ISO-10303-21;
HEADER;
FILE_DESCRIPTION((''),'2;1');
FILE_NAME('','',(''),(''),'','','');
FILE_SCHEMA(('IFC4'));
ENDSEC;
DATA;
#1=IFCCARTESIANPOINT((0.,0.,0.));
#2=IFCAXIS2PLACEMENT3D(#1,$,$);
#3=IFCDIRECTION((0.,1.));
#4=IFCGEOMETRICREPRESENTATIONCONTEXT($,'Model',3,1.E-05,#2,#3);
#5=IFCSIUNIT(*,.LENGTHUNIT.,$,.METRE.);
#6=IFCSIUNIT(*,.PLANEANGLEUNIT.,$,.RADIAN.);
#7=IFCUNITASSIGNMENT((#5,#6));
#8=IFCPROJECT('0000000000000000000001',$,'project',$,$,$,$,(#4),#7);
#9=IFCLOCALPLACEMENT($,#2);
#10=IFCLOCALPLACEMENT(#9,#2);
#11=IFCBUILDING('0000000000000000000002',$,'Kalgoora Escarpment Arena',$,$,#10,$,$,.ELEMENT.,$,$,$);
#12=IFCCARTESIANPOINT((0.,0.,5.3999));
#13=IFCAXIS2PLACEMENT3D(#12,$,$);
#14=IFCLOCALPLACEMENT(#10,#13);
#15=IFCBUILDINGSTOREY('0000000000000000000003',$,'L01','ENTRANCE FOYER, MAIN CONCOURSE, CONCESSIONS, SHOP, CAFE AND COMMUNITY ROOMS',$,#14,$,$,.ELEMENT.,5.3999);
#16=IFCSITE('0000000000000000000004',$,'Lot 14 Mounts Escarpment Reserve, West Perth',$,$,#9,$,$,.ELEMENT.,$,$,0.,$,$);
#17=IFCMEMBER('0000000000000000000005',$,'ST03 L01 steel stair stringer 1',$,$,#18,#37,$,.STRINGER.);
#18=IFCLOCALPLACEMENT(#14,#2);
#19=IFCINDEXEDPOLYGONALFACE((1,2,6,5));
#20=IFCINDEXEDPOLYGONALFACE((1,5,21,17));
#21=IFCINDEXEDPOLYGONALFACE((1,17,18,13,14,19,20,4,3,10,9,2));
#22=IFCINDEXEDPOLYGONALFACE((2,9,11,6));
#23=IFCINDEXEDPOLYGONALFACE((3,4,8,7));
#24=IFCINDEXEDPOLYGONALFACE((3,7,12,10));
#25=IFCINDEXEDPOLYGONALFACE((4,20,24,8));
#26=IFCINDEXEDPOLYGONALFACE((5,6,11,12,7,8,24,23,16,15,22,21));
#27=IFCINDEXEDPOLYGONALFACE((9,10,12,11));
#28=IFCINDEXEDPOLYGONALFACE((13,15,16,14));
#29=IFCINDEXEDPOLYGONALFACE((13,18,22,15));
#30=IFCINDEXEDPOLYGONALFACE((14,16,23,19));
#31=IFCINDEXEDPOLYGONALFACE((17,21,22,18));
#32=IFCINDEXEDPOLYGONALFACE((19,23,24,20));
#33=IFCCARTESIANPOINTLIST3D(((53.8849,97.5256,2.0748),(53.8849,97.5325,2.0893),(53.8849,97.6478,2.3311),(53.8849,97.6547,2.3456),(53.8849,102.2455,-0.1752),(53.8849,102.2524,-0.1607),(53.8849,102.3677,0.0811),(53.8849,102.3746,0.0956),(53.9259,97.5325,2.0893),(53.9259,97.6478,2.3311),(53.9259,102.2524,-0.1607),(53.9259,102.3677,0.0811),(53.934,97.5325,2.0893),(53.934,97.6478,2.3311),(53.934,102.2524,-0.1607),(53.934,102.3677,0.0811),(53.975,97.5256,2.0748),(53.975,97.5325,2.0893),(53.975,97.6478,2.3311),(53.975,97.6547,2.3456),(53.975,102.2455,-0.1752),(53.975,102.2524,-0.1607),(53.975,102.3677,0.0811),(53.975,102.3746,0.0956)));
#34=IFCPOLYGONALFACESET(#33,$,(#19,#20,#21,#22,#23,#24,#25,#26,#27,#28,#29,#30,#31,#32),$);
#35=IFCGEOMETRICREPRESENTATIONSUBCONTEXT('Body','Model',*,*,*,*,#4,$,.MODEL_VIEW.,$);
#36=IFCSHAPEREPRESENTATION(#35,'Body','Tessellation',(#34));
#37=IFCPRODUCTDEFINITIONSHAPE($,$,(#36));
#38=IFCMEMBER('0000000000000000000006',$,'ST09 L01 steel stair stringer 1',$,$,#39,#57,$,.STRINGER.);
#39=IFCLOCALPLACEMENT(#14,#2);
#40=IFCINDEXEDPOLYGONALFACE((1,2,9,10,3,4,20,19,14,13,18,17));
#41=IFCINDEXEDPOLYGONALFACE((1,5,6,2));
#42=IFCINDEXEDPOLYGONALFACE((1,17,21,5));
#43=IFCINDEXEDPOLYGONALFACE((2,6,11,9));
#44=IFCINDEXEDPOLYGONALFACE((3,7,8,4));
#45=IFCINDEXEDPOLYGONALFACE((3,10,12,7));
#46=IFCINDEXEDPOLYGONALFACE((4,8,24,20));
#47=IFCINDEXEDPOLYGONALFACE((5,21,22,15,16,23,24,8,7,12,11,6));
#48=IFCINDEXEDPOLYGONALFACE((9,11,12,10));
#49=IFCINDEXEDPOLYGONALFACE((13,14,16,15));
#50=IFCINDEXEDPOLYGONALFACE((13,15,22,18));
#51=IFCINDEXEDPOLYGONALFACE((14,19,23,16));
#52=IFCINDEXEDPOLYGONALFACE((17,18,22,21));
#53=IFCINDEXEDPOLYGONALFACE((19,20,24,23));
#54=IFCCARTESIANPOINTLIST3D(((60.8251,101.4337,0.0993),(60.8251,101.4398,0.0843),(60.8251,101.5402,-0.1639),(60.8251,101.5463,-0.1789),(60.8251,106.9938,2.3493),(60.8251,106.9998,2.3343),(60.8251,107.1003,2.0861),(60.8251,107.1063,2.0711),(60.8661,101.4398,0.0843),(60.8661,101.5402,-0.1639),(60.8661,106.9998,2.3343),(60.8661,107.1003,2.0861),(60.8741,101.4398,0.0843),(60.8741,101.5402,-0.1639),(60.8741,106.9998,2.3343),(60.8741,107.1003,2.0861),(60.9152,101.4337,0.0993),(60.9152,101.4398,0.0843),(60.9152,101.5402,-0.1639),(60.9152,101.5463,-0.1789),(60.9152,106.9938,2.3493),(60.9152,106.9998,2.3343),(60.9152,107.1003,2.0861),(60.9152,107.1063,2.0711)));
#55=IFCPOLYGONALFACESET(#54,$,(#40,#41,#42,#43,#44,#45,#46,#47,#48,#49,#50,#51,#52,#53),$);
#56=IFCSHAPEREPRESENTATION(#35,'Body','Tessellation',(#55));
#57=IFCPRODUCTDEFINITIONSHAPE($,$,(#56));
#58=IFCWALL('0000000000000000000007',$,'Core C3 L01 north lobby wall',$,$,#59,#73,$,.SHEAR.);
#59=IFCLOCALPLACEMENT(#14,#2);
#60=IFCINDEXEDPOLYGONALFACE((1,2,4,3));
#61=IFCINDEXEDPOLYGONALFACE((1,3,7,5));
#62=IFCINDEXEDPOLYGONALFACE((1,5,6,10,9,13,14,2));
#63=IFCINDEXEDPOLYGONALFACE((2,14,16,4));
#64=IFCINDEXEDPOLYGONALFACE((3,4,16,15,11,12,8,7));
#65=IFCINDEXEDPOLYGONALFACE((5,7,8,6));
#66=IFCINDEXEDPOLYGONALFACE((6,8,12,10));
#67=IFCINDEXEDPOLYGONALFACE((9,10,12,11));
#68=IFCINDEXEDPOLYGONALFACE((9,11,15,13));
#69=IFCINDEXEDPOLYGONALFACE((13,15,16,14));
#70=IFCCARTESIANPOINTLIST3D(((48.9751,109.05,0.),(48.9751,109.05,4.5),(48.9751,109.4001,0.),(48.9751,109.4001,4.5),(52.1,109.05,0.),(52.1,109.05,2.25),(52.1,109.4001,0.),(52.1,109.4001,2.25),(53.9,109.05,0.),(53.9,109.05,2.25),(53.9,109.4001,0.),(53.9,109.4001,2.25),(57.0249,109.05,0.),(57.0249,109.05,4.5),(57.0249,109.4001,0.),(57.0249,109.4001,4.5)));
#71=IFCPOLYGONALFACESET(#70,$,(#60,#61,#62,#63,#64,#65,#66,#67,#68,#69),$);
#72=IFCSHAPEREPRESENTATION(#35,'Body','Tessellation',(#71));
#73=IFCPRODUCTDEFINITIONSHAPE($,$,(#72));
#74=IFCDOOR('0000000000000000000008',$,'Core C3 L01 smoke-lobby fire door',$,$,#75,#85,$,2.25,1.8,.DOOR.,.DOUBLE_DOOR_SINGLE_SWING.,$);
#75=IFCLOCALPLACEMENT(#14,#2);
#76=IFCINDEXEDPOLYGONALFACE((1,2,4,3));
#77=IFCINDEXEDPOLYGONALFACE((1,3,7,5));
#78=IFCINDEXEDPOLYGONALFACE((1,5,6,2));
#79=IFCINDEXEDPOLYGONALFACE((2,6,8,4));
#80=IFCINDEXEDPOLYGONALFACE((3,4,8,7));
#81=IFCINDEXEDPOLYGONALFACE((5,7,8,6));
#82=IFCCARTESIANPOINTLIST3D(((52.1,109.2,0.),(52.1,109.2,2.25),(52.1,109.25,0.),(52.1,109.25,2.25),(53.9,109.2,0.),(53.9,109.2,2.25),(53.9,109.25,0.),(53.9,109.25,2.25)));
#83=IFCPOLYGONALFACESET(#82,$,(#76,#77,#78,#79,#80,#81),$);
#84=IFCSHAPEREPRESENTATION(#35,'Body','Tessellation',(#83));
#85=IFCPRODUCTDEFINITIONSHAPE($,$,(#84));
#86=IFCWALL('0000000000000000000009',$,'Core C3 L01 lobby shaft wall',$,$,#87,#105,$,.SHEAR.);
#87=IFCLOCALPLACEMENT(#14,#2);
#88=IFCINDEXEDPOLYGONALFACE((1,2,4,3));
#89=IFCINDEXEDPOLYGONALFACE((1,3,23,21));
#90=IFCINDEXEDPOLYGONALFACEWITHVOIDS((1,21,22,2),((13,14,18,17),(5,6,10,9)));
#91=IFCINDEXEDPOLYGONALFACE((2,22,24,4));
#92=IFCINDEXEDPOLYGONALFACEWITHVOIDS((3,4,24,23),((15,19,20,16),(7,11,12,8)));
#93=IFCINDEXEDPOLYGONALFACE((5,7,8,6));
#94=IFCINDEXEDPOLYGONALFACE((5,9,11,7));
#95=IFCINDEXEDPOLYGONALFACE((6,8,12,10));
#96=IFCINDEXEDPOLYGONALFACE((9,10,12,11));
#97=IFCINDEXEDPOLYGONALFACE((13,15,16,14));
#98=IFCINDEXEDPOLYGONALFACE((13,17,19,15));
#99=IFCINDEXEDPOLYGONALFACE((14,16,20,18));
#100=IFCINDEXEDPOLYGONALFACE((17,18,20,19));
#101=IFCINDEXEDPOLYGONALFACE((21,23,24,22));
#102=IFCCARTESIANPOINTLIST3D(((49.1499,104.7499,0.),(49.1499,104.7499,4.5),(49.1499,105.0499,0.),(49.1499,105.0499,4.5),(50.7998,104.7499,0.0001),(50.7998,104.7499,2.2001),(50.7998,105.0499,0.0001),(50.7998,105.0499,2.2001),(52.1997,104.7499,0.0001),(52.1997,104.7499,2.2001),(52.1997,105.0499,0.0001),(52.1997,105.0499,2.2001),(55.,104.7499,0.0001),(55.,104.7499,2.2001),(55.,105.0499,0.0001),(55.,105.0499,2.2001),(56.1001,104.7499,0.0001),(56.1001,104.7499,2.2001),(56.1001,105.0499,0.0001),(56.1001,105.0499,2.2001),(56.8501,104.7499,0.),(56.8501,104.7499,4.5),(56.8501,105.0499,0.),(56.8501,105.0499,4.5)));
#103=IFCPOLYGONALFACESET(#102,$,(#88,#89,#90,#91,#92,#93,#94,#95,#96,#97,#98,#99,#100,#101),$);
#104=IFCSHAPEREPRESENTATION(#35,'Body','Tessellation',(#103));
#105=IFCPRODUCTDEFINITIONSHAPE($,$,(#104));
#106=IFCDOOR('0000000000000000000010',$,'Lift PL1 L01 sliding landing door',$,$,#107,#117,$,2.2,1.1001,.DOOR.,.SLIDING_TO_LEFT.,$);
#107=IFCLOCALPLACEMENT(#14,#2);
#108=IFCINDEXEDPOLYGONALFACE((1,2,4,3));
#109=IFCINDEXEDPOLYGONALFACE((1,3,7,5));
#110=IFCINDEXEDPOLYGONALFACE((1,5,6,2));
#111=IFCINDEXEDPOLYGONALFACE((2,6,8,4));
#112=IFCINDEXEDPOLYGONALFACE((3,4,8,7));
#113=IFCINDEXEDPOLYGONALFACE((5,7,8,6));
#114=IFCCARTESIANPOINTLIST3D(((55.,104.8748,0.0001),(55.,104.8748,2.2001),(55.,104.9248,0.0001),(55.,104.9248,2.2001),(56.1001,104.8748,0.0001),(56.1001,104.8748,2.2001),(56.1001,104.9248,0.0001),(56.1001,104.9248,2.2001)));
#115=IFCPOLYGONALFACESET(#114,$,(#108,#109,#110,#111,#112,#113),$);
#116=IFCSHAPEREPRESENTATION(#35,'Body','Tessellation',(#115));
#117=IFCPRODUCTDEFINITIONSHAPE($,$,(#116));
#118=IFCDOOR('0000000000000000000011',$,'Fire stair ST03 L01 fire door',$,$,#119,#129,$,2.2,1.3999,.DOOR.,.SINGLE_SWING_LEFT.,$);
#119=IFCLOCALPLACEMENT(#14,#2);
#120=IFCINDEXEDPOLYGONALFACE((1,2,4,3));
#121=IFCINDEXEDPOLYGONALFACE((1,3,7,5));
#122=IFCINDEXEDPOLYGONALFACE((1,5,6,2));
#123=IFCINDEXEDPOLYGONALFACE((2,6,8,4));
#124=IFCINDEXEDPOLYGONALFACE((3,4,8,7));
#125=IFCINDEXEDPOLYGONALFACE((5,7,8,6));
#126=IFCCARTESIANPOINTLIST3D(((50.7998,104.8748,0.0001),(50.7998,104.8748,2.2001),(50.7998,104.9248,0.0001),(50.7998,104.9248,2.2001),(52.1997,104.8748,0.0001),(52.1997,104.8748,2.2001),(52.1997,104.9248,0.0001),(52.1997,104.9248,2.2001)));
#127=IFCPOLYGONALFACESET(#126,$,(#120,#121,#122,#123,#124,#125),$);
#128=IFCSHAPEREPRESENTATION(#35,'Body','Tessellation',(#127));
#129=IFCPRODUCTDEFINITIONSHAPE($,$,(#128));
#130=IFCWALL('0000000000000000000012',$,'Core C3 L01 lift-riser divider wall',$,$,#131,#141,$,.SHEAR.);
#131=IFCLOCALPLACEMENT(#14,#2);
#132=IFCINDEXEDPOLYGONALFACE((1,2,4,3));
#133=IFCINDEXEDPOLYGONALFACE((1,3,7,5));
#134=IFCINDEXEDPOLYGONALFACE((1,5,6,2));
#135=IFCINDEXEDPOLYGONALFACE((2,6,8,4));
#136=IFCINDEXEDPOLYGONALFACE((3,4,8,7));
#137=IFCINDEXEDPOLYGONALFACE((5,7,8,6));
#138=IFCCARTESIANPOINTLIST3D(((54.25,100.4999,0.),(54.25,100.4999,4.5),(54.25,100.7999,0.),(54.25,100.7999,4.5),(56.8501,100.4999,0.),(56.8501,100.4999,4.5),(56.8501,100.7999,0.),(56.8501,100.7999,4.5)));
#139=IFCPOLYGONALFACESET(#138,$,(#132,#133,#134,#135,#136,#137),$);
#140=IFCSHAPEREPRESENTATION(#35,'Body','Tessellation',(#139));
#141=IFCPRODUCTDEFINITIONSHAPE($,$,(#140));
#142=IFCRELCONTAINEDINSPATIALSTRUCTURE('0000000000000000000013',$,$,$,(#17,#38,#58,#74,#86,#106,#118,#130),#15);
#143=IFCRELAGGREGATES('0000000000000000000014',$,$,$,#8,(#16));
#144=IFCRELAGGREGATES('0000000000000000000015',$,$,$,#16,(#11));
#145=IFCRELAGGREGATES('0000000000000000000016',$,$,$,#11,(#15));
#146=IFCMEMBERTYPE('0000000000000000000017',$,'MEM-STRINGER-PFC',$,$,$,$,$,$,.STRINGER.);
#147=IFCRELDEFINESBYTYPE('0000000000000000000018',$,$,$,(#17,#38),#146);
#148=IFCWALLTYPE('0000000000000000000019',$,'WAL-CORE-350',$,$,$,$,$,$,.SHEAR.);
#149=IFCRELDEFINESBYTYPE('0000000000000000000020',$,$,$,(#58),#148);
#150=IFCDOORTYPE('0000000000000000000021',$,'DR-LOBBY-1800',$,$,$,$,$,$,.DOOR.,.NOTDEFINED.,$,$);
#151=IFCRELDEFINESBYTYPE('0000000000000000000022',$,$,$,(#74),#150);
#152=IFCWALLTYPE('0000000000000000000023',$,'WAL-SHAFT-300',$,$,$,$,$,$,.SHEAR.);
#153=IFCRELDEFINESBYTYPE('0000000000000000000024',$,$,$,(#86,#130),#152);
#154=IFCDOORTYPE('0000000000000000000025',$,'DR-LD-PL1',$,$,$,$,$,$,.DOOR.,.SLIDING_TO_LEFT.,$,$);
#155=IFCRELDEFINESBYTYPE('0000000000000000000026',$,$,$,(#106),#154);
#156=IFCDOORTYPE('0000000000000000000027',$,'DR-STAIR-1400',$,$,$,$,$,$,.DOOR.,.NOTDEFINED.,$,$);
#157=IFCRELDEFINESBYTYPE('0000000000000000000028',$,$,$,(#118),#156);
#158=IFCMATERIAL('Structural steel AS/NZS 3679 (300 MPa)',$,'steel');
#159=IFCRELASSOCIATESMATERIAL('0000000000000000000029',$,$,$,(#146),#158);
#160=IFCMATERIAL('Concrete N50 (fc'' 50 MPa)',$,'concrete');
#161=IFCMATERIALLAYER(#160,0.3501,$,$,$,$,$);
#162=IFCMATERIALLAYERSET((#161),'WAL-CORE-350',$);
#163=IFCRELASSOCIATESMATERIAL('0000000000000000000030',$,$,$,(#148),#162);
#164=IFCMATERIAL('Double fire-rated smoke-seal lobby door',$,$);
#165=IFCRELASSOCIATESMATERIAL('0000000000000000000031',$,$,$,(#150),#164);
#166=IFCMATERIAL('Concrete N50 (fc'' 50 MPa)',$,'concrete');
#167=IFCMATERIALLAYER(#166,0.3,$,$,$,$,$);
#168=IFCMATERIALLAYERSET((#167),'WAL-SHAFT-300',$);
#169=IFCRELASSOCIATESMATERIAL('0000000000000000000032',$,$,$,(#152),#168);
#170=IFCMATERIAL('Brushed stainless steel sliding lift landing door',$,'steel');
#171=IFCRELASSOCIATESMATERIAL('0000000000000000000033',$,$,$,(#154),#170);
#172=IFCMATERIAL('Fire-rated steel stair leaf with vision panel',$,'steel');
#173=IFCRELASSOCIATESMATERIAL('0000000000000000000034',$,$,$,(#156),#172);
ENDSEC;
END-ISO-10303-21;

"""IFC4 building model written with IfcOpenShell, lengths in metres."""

from ifc_helpers import new_model, si_unit, direction, frame, frame_2d, origin, origin_2d, place, context, subcontext, project, spatial, rectangle, i_section, extrude, material, layer, layer_set, material_profile, profile_set, type_object, element, fill, save


model = new_model("IFC4")

# Units and contexts
model_context = context("Model", 3, precision=1e-05, world=origin(), true_north=direction((0.0, 1.0)))
body_context = subcontext(model_context, "Body", "Model", "MODEL_VIEW")
ifc_project = project(units=[si_unit("LENGTHUNIT", "METRE"), si_unit("PLANEANGLEUNIT", "RADIAN")], contexts=[model_context])

# Site, building, storey
site_placement = place(None, origin())
site = spatial("IfcSite", under=ifc_project, at=site_placement, Name="Lot 14 Mounts Escarpment Reserve, West Perth", CompositionType="ELEMENT", RefElevation=0.0)
building_placement = place(site_placement, origin())
building = spatial("IfcBuilding", under=site, at=building_placement, Name="Kalgoora Escarpment Arena", CompositionType="ELEMENT")
storey_placement = place(building_placement, frame((0.0, 0.0, 5.3999)))
storey = spatial("IfcBuildingStorey", under=building, at=storey_placement, Name="L01", Description="ENTRANCE FOYER, MAIN CONCOURSE, CONCESSIONS, SHOP, CAFE AND COMMUNITY ROOMS", CompositionType="ELEMENT", Elevation=5.3999)

# Members
ifc_material_1 = material(Name="Structural steel AS/NZS 3679 (300 MPa)", Category="steel")
ifc_material_profile_1 = material_profile(ifc_material_1, i_section(OverallWidth=0.0901, OverallDepth=0.3, WebThickness=0.0081, FlangeThickness=0.0161, at=origin_2d()))
ifc_profile_set_1 = profile_set([ifc_material_profile_1], Name="Structural steel AS/NZS 3679 (300 MPa)")
member_type_1 = type_object("IfcMemberType", Name="MEM-STRINGER-PFC", PredefinedType="STRINGER", material=ifc_profile_set_1)
member_1_placement = place(storey_placement, frame((53.9299, 102.3101, -0.0398), z_axis=(0.0, -0.902683, 0.430307), x_axis=(1.0, 0.0, 0.0)))
element("IfcMember", 1, at=member_1_placement, inside=storey, type_object=member_type_1, Name="ST03 L01 steel stair stringer 1", PredefinedType="STRINGER", context=body_context, shape_type="SweptSolid", body=[
    extrude(i_section(OverallWidth=0.0901, OverallDepth=0.3, WebThickness=0.0081, FlangeThickness=0.0161, at=origin_2d()), origin(), (0.0, 0.0, 1.0), 5.2288),
])
member_2_placement = place(storey_placement, frame((60.8701, 101.49, -0.0398), z_axis=(0.0, 0.926976, 0.375121), x_axis=(-1.0, 0.0, 0.0)))
element("IfcMember", 2, at=member_2_placement, inside=storey, type_object=member_type_1, Name="ST09 L01 steel stair stringer 1", PredefinedType="STRINGER", context=body_context, shape_type="SweptSolid", body=[
    extrude(i_section(OverallWidth=0.0901, OverallDepth=0.3, WebThickness=0.0081, FlangeThickness=0.0161, at=origin_2d()), origin(), (0.0, 0.0, 1.0), 5.998),
])

# Wall, opening, door
ifc_material_2 = material(Name="Concrete N50 (fc' 50 MPa)", Category="concrete")
ifc_layer_1 = layer(ifc_material_2, 0.3501)
ifc_layer_set_1 = layer_set([ifc_layer_1], Name="WAL-CORE-350")
wall_type_1 = type_object("IfcWallType", Name="WAL-CORE-350", PredefinedType="SHEAR", material=ifc_layer_set_1)
wall_1_placement = place(storey_placement, frame((48.9751, 109.2251, 0.0), z_axis=(0.0, 0.0, 1.0), x_axis=(1.0, 0.0, 0.0)))
wall_1 = element("IfcWall", 3, at=wall_1_placement, inside=storey, type_object=wall_type_1, Name="Core C3 L01 north lobby wall", PredefinedType="SHEAR", context=body_context, shape_type="SweptSolid", body=[
    extrude(rectangle(XDim=8.0498, YDim=0.3501, at=frame_2d((4.0249, 0.0))), origin(), (0.0, 0.0, 1.0), 4.5),
])
opening_1_placement = place(wall_1_placement, frame((3.125, 0.0, 0.0)))
opening_1 = element("IfcOpeningElement", 4, at=opening_1_placement, cuts=wall_1, PredefinedType="OPENING", context=body_context, shape_type="SweptSolid", body=[
    extrude(rectangle(XDim=1.8, YDim=2.25, at=frame_2d((0.8999, 1.125))), frame((0.0, 0.1851, 0.0), z_axis=(0.0, -1.0, 0.0), x_axis=(1.0, 0.0, 0.0)), (0.0, 0.0, 1.0), 0.3701),
])
ifc_material_3 = material(Name="Double fire-rated smoke-seal lobby door")
door_type_1 = type_object("IfcDoorType", Name="DR-LOBBY-1800", OperationType="NOTDEFINED", PredefinedType="DOOR", material=ifc_material_3)
door_1_placement = place(opening_1_placement, origin())
door_1 = element("IfcDoor", 5, at=door_1_placement, inside=storey, type_object=door_type_1, Name="Core C3 L01 smoke-lobby fire door", OperationType="DOUBLE_DOOR_SINGLE_SWING", OverallHeight=2.25, OverallWidth=1.8, PredefinedType="DOOR", context=body_context, shape_type="SweptSolid", body=[
    extrude(rectangle(XDim=1.8, YDim=2.25, at=frame_2d((0.8999, 1.125))), frame((0.0, 0.0249, 0.0), z_axis=(0.0, -1.0, 0.0), x_axis=(1.0, 0.0, 0.0)), (0.0, 0.0, 1.0), 0.05),
])
fill(opening_1, door_1)

# Wall, openings, doors
ifc_material_4 = material(Name="Concrete N50 (fc' 50 MPa)", Category="concrete")
ifc_layer_2 = layer(ifc_material_4, 0.3)
ifc_layer_set_2 = layer_set([ifc_layer_2], Name="WAL-SHAFT-300")
wall_type_2 = type_object("IfcWallType", Name="WAL-SHAFT-300", PredefinedType="SHEAR", material=ifc_layer_set_2)
wall_2_placement = place(storey_placement, frame((49.1499, 104.8999, 0.0), z_axis=(0.0, 0.0, 1.0), x_axis=(1.0, 0.0, 0.0)))
wall_2 = element("IfcWall", 6, at=wall_2_placement, inside=storey, type_object=wall_type_2, Name="Core C3 L01 lobby shaft wall", PredefinedType="SHEAR", context=body_context, shape_type="SweptSolid", body=[
    extrude(rectangle(XDim=7.7002, YDim=0.3, at=frame_2d((3.8501, 0.0))), origin(), (0.0, 0.0, 1.0), 4.5),
])
opening_2_placement = place(wall_2_placement, frame((1.6499, 0.0, 0.0)))
opening_2 = element("IfcOpeningElement", 7, at=opening_2_placement, cuts=wall_2, PredefinedType="OPENING", context=body_context, shape_type="SweptSolid", body=[
    extrude(rectangle(XDim=1.3999, YDim=2.2, at=frame_2d((0.7, 1.1001))), frame((0.0, 0.1599, 0.0), z_axis=(0.0, -1.0, 0.0), x_axis=(1.0, 0.0, 0.0)), (0.0, 0.0, 1.0), 0.3201),
])
opening_3_placement = place(wall_2_placement, frame((5.8501, 0.0, 0.0)))
opening_3 = element("IfcOpeningElement", 8, at=opening_3_placement, cuts=wall_2, PredefinedType="OPENING", context=body_context, shape_type="SweptSolid", body=[
    extrude(rectangle(XDim=1.1001, YDim=2.2, at=frame_2d((0.55, 1.1001))), frame((0.0, 0.1599, 0.0), z_axis=(0.0, -1.0, 0.0), x_axis=(1.0, 0.0, 0.0)), (0.0, 0.0, 1.0), 0.3201),
])
ifc_material_5 = material(Name="Brushed stainless steel sliding lift landing door", Category="steel")
door_type_2 = type_object("IfcDoorType", Name="DR-LD-PL1", OperationType="SLIDING_TO_LEFT", PredefinedType="DOOR", material=ifc_material_5)
door_2_placement = place(opening_3_placement, origin())
door_2 = element("IfcDoor", 9, at=door_2_placement, inside=storey, type_object=door_type_2, Name="Lift PL1 L01 sliding landing door", OperationType="SLIDING_TO_LEFT", OverallHeight=2.2, OverallWidth=1.1001, PredefinedType="DOOR", context=body_context, shape_type="SweptSolid", body=[
    extrude(rectangle(XDim=1.1001, YDim=2.2, at=frame_2d((0.55, 1.1001))), frame((0.0, 0.0249, 0.0), z_axis=(0.0, -1.0, 0.0), x_axis=(1.0, 0.0, 0.0)), (0.0, 0.0, 1.0), 0.05),
])
fill(opening_3, door_2)
ifc_material_6 = material(Name="Fire-rated steel stair leaf with vision panel", Category="steel")
door_type_3 = type_object("IfcDoorType", Name="DR-STAIR-1400", OperationType="NOTDEFINED", PredefinedType="DOOR", material=ifc_material_6)
door_3_placement = place(opening_2_placement, origin())
door_3 = element("IfcDoor", 10, at=door_3_placement, inside=storey, type_object=door_type_3, Name="Fire stair ST03 L01 fire door", OperationType="SINGLE_SWING_LEFT", OverallHeight=2.2, OverallWidth=1.3999, PredefinedType="DOOR", context=body_context, shape_type="SweptSolid", body=[
    extrude(rectangle(XDim=1.3999, YDim=2.2, at=frame_2d((0.7, 1.1001))), frame((0.0, 0.0249, 0.0), z_axis=(0.0, -1.0, 0.0), x_axis=(1.0, 0.0, 0.0)), (0.0, 0.0, 1.0), 0.05),
])
fill(opening_2, door_3)

# Wall
wall_3_placement = place(storey_placement, frame((54.25, 100.6499, 0.0), z_axis=(0.0, 0.0, 1.0), x_axis=(1.0, 0.0, 0.0)))
element("IfcWall", 11, at=wall_3_placement, inside=storey, type_object=wall_type_2, Name="Core C3 L01 lift-riser divider wall", PredefinedType="SHEAR", context=body_context, shape_type="SweptSolid", body=[
    extrude(rectangle(XDim=2.6001, YDim=0.3, at=frame_2d((1.3, 0.0))), origin(), (0.0, 0.0, 1.0), 4.5),
])

save(model, "model.ifc")
